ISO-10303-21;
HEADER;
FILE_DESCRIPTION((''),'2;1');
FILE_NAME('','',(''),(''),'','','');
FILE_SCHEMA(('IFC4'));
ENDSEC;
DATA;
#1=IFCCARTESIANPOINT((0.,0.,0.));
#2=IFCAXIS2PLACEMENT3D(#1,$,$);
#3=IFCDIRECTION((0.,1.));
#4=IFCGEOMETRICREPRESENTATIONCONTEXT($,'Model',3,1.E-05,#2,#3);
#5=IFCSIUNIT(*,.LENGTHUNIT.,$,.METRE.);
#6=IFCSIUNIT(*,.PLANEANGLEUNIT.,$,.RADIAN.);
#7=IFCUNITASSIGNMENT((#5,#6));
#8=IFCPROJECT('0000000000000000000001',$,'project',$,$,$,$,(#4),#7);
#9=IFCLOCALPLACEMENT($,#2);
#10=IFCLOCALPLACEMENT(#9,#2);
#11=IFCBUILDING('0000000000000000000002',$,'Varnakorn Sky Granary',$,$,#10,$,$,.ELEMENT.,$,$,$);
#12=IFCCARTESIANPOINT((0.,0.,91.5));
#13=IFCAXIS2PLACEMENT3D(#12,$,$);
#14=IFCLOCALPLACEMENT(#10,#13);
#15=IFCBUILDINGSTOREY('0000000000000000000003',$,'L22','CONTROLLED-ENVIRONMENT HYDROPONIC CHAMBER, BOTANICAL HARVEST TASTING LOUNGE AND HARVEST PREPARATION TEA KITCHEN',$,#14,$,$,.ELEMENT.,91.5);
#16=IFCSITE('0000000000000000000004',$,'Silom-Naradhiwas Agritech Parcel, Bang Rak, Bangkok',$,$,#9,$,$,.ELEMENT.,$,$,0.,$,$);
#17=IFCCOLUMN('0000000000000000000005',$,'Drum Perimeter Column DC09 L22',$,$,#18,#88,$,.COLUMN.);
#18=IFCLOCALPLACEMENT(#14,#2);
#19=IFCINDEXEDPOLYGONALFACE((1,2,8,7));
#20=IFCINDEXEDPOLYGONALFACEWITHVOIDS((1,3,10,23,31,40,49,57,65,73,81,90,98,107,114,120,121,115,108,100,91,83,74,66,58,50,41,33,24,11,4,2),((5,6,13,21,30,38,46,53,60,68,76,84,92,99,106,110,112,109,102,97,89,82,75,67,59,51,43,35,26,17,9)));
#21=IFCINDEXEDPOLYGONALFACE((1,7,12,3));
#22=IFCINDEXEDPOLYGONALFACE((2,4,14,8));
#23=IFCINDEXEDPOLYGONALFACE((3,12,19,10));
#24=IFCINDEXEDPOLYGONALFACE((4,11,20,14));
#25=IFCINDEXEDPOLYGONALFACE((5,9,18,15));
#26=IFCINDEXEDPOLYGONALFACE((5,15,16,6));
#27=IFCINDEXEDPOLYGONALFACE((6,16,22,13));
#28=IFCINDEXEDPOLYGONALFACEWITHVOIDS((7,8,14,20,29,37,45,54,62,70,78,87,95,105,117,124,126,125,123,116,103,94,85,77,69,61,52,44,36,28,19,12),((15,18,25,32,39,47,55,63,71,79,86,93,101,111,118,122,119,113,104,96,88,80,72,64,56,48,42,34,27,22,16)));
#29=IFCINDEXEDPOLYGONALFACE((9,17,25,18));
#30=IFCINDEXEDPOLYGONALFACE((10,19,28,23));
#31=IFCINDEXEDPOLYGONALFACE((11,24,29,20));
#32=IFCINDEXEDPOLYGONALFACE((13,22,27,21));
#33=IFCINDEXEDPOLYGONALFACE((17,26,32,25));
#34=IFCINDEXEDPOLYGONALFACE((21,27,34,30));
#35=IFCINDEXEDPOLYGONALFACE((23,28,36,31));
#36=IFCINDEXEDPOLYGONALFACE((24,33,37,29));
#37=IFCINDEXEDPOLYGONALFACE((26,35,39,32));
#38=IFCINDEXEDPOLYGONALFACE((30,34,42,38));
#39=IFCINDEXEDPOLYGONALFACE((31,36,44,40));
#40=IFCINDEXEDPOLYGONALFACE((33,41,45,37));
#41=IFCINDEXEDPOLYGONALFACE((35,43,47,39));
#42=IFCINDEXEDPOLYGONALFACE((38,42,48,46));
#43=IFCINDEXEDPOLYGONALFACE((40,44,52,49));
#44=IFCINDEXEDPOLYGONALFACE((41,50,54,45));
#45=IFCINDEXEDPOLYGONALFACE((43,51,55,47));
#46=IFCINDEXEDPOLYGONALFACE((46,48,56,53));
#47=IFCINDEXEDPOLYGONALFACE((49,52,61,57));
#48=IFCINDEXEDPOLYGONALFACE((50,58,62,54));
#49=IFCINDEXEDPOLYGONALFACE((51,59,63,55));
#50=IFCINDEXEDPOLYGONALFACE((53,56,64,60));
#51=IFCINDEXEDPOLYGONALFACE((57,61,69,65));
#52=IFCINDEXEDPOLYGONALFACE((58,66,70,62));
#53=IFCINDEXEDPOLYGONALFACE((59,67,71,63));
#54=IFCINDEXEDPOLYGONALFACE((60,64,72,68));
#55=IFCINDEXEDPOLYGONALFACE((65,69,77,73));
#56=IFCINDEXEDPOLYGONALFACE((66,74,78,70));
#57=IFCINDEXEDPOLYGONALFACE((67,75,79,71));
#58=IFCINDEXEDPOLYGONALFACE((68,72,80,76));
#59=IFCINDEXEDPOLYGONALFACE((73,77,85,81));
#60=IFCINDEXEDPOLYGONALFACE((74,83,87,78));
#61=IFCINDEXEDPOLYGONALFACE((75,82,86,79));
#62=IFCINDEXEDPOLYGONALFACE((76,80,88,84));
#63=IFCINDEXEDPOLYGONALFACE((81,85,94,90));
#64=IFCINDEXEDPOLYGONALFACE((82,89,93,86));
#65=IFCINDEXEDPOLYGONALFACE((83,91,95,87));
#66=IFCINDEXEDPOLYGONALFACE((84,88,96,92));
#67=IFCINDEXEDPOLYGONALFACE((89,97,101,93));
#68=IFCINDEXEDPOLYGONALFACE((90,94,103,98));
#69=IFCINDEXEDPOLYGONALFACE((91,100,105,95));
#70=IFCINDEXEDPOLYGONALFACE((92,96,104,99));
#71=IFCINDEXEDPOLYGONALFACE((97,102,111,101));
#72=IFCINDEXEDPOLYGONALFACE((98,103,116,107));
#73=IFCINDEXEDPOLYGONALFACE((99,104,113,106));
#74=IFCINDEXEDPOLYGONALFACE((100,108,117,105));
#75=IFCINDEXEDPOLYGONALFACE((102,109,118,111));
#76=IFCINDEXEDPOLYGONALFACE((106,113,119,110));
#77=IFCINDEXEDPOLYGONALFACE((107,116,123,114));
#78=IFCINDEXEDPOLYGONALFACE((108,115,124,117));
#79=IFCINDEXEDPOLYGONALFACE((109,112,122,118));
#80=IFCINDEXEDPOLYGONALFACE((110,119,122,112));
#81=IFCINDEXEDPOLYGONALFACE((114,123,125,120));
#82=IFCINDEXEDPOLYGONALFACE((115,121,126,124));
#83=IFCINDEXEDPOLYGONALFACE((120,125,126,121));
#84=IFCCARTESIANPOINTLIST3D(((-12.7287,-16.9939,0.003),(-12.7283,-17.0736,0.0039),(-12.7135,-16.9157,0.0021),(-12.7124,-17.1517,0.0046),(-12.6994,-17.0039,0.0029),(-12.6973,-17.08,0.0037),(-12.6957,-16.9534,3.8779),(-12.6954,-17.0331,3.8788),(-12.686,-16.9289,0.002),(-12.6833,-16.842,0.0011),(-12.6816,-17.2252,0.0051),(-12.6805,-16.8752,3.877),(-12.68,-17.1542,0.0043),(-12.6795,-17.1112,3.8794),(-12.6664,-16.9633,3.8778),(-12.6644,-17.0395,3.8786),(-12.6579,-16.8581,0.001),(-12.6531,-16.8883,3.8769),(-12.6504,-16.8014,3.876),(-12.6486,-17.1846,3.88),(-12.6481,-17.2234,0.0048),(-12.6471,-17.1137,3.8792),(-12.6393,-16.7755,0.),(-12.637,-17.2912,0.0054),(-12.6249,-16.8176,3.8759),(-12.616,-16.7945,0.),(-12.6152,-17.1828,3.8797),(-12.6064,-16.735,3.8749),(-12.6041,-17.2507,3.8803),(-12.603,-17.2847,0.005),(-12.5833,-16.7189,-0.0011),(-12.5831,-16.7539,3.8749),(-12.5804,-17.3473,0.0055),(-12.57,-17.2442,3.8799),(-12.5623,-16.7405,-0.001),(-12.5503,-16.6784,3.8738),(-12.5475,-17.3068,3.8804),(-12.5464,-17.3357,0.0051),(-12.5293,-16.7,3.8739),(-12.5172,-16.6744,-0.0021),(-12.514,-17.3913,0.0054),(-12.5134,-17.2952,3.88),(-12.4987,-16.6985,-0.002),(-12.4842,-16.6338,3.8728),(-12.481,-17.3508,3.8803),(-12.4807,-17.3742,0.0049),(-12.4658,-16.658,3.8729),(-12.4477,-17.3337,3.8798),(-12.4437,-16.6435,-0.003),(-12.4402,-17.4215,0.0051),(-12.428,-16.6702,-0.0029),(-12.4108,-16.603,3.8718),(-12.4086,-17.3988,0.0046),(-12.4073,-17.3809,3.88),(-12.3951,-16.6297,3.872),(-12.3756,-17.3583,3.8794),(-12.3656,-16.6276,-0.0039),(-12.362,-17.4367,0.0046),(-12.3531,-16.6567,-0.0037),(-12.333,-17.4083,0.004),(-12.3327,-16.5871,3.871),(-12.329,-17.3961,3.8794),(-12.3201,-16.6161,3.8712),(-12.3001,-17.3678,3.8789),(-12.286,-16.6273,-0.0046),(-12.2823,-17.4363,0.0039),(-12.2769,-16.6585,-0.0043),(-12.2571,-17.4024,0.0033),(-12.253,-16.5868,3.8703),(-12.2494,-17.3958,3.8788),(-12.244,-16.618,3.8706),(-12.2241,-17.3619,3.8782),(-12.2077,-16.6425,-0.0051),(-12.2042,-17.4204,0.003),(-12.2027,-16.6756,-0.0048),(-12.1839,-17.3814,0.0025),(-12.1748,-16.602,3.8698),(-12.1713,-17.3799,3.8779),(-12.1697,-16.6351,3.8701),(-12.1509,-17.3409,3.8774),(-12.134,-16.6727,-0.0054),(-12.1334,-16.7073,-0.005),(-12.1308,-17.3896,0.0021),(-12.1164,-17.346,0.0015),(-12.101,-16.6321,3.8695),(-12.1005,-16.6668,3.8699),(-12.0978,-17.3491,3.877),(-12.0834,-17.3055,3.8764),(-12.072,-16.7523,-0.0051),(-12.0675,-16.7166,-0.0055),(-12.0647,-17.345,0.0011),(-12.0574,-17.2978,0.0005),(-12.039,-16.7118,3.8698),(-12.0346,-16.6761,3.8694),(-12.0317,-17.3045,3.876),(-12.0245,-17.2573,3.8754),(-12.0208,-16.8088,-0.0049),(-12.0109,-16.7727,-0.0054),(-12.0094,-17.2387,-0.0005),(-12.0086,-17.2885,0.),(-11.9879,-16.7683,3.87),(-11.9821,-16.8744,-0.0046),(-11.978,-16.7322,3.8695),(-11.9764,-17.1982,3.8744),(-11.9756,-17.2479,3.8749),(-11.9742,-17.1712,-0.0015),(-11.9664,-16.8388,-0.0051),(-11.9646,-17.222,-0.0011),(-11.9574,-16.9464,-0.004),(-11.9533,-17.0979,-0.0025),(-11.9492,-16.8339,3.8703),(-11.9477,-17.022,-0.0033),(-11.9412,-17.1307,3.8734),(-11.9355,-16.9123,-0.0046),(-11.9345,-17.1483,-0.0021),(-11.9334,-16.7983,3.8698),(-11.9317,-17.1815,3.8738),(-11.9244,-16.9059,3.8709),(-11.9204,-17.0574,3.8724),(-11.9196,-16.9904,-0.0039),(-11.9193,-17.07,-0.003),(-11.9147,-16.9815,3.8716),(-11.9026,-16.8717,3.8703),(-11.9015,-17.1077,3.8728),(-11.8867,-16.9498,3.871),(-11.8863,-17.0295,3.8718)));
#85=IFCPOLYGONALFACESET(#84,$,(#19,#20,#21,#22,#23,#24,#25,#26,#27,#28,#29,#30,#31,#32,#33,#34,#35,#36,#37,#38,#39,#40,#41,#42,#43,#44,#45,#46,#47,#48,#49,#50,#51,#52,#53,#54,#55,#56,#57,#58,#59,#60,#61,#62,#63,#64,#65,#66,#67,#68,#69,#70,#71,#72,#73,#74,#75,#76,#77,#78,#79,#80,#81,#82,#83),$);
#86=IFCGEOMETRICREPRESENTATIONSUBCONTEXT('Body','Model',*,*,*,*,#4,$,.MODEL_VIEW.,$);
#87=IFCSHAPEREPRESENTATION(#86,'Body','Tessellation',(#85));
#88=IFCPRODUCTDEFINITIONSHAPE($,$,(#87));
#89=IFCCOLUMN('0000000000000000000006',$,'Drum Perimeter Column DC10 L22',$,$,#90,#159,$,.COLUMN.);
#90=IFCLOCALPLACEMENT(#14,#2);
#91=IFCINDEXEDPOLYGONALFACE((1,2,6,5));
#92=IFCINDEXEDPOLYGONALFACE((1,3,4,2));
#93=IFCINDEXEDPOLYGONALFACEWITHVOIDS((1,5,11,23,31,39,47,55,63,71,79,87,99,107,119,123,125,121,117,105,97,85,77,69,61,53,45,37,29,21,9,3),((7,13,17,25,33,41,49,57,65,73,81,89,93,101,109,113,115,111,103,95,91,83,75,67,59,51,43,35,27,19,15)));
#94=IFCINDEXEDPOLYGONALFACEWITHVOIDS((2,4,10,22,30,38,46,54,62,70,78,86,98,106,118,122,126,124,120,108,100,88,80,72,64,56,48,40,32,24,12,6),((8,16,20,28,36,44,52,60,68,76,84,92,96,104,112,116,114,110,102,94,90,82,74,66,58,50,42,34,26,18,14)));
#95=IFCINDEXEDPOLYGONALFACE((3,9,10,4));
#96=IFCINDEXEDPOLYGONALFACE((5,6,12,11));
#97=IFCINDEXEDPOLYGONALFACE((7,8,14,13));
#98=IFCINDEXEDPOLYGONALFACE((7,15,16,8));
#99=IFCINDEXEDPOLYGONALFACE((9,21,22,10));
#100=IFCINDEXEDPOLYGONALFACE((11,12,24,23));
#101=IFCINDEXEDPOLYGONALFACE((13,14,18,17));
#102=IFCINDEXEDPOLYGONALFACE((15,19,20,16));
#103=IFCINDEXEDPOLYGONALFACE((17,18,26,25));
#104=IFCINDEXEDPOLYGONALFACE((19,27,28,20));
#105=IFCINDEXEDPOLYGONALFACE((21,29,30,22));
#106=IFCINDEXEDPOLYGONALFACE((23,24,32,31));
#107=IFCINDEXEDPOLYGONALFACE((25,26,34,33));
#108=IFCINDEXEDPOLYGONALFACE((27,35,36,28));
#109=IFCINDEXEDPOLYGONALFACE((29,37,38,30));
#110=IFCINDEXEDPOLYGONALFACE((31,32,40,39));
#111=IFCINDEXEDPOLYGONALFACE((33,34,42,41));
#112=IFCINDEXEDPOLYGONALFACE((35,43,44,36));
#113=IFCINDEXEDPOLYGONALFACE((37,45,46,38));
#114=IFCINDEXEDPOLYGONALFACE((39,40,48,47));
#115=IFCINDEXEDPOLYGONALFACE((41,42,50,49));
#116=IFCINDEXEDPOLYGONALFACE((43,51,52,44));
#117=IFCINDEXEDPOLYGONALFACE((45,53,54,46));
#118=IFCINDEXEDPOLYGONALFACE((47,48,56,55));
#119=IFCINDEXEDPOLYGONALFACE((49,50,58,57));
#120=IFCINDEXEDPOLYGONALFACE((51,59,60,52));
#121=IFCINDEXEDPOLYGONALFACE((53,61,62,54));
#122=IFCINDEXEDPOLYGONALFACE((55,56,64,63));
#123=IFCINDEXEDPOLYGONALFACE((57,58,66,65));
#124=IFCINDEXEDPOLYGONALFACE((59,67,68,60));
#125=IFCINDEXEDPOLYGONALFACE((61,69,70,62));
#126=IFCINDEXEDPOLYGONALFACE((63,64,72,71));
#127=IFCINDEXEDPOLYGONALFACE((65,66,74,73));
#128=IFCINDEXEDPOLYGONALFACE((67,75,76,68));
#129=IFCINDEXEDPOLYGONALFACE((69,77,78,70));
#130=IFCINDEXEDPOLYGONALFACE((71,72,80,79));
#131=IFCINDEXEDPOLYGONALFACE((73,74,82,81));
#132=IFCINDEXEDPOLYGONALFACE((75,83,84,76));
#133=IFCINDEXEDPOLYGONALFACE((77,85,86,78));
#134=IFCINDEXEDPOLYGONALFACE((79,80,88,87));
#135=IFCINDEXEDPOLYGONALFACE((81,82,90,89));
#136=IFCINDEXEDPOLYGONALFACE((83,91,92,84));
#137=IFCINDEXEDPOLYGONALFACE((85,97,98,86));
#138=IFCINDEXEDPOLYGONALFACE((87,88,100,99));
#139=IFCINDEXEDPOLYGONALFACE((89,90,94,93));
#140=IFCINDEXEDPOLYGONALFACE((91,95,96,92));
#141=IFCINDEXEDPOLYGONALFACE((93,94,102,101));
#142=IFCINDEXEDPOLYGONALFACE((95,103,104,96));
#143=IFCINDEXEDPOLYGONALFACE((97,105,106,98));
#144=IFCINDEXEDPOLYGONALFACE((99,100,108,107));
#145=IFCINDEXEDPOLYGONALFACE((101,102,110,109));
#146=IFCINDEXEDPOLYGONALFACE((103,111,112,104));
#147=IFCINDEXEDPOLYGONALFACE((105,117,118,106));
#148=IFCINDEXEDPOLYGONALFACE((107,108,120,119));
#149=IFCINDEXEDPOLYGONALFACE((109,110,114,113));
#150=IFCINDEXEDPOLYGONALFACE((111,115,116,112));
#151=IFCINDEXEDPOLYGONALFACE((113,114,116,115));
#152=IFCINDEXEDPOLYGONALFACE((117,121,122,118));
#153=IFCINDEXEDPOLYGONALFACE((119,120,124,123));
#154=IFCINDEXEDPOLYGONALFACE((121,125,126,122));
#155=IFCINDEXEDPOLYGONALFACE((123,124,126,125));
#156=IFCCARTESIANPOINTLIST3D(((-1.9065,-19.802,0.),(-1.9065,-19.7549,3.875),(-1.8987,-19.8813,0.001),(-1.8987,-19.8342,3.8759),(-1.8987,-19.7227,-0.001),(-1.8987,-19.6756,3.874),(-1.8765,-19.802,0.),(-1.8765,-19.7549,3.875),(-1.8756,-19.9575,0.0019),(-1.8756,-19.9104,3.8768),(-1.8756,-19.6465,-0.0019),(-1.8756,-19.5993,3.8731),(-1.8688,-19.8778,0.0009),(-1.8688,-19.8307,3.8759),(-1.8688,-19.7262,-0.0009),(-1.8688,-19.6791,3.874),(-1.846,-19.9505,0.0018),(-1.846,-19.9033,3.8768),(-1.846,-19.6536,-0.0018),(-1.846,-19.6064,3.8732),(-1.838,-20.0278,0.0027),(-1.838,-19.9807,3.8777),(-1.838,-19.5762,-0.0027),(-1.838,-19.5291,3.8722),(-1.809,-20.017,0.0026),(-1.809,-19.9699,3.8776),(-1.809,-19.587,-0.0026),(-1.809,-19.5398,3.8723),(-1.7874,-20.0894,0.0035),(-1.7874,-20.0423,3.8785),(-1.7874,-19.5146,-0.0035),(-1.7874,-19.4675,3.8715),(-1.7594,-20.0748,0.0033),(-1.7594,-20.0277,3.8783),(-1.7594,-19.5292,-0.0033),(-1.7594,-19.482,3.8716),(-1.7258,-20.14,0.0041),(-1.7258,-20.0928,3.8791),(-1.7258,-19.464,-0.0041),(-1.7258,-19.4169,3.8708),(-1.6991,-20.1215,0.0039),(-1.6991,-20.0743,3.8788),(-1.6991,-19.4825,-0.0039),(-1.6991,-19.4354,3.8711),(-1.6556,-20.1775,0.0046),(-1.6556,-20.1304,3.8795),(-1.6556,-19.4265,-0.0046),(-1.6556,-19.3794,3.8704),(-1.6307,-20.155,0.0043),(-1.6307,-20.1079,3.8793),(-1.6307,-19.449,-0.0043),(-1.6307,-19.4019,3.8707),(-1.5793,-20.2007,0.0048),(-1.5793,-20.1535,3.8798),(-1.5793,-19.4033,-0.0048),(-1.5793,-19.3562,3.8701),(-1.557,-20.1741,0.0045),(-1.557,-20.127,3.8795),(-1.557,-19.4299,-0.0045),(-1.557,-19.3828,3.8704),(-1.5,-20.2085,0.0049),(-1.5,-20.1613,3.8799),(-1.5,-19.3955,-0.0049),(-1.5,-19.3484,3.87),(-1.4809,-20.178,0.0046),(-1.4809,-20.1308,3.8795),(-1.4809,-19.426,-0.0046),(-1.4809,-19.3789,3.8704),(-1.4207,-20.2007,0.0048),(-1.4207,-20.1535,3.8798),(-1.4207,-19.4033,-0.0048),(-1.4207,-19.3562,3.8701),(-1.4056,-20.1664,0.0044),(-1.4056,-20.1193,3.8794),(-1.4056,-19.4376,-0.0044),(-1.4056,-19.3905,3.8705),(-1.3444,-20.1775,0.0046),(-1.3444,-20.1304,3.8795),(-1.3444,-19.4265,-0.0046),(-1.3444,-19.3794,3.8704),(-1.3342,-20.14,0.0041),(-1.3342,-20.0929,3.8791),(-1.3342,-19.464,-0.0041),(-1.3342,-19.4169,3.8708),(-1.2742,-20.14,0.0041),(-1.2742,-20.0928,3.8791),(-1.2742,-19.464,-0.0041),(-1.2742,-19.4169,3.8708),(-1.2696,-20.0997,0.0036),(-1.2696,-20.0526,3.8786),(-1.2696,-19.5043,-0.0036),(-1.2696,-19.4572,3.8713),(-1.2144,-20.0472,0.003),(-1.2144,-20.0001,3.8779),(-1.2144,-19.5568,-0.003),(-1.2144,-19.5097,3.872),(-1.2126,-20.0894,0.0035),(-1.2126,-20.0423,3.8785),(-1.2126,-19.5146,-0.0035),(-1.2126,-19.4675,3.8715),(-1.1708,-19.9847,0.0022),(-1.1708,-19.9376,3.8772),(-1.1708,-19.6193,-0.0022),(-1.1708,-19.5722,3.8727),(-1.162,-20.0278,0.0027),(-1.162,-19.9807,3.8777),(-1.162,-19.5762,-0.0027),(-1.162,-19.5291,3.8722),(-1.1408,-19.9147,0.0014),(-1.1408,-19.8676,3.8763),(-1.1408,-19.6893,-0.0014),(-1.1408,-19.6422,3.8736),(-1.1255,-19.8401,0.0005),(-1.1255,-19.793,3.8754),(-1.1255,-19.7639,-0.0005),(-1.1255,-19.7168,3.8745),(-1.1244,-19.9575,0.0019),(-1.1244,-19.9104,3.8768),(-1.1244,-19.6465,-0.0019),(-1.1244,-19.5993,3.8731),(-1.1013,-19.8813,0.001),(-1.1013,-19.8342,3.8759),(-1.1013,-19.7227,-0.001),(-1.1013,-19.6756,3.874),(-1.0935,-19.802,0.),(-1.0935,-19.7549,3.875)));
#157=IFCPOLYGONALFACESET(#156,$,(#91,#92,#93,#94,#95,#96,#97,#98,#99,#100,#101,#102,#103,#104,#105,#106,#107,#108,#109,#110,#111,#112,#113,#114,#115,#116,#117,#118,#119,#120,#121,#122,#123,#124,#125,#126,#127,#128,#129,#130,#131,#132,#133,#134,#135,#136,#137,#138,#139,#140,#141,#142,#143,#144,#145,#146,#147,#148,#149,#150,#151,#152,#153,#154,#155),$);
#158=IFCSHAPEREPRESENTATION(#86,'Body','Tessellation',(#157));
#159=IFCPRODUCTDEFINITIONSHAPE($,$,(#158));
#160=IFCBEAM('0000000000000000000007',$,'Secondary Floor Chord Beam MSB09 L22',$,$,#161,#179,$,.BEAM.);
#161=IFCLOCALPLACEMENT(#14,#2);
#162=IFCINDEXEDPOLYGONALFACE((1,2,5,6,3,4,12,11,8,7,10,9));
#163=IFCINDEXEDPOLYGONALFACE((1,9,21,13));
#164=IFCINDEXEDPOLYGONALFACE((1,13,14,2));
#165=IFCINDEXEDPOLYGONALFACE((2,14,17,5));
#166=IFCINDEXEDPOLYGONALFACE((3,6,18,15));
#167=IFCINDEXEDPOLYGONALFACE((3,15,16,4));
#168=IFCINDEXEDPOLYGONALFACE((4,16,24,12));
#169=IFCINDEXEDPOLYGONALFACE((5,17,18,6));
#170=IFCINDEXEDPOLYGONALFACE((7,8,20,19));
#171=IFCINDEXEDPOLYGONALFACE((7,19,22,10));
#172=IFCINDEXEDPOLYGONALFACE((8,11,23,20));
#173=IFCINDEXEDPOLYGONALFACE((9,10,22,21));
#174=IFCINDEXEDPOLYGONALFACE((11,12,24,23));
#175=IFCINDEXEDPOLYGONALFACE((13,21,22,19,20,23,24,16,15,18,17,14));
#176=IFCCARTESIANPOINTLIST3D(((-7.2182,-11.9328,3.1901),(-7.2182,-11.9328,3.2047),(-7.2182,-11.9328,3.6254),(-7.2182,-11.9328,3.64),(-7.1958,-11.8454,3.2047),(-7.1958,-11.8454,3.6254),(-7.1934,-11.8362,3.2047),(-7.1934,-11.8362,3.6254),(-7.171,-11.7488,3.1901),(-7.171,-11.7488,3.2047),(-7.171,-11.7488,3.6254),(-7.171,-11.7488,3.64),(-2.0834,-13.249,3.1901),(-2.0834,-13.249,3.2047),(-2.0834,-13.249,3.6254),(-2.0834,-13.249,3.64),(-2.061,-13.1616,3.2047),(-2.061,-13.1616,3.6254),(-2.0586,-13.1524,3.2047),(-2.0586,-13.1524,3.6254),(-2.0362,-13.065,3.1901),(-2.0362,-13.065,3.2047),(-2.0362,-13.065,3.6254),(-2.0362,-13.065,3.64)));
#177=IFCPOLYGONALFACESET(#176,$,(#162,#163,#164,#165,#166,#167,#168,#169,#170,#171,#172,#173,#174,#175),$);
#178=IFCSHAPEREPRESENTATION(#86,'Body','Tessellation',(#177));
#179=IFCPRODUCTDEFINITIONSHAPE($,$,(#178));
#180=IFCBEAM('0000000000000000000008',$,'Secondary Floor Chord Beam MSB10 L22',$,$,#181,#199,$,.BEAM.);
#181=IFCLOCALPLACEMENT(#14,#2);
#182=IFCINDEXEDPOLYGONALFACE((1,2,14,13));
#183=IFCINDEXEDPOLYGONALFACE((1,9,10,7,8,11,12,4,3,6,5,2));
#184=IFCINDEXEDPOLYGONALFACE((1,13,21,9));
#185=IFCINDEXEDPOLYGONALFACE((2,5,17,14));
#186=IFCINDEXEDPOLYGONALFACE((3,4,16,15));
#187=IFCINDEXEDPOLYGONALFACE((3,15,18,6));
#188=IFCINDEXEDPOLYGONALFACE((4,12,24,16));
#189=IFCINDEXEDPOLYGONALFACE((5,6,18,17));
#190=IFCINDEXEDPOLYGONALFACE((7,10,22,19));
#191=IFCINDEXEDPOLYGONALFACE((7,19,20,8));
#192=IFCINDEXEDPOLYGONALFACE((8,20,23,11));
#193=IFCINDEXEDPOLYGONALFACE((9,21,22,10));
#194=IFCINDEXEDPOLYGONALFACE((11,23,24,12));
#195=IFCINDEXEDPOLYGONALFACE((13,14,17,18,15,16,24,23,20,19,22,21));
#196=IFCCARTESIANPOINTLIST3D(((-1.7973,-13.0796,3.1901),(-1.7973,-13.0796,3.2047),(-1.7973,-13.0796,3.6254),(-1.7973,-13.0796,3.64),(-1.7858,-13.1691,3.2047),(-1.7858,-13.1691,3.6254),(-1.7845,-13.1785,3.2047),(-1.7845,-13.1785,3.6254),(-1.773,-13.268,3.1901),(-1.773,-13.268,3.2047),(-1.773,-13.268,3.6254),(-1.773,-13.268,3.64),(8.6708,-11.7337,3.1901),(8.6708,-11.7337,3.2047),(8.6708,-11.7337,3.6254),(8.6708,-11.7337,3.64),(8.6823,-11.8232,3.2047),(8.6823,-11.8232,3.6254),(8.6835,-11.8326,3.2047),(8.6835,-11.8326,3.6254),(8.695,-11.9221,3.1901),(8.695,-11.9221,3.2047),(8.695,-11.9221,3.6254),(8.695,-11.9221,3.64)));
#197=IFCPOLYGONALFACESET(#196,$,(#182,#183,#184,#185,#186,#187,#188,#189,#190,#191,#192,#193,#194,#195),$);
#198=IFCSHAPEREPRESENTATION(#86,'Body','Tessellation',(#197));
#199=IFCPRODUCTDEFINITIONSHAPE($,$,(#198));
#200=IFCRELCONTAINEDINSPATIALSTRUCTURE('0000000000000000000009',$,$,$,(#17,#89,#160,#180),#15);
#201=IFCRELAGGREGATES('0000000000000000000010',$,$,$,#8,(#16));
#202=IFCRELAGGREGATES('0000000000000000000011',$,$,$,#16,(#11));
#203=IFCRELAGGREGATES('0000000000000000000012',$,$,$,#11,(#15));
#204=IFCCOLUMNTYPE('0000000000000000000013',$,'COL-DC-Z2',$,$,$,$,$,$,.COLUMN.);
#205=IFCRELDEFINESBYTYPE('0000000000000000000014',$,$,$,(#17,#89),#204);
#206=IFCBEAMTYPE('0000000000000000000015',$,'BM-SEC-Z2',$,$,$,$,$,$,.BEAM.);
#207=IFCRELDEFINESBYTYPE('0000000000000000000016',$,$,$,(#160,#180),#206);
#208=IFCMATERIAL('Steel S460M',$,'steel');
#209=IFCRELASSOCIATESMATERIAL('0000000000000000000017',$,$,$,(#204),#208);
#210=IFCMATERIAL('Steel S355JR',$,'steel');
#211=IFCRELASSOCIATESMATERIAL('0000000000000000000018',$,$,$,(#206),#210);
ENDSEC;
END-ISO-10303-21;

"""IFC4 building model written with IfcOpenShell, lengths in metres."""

from ifc_helpers import new_model, si_unit, direction, frame, origin, origin_2d, place, context, subcontext, project, spatial, hollow_circle, i_section, extrude, material, material_profile, profile_set, type_object, element, save


model = new_model("IFC4")

# Units and contexts
model_context = context("Model", 3, precision=1e-05, world=origin(), true_north=direction((0.0, 1.0)))
body_context = subcontext(model_context, "Body", "Model", "MODEL_VIEW")
ifc_project = project(units=[si_unit("LENGTHUNIT", "METRE"), si_unit("PLANEANGLEUNIT", "RADIAN")], contexts=[model_context])

# Site, building, storey
site_placement = place(None, origin())
site = spatial("IfcSite", under=ifc_project, at=site_placement, Name="Silom-Naradhiwas Agritech Parcel, Bang Rak, Bangkok", CompositionType="ELEMENT", RefElevation=0.0)
building_placement = place(site_placement, origin())
building = spatial("IfcBuilding", under=site, at=building_placement, Name="Varnakorn Sky Granary", CompositionType="ELEMENT")
storey_placement = place(building_placement, frame((0.0, 0.0, 91.5)))
storey = spatial("IfcBuildingStorey", under=building, at=storey_placement, Name="L22", Description="CONTROLLED-ENVIRONMENT HYDROPONIC CHAMBER, BOTANICAL HARVEST TASTING LOUNGE AND HARVEST PREPARATION TEA KITCHEN", CompositionType="ELEMENT", Elevation=91.5)

# Columns
ifc_material_1 = material(Name="Steel S460M", Category="steel")
ifc_material_profile_1 = material_profile(ifc_material_1, hollow_circle(Radius=0.4065, WallThickness=0.03, at=origin_2d()), Name="CHS 813x30")
ifc_profile_set_1 = profile_set([ifc_material_profile_1], Name="Steel S460M")
column_type = type_object("IfcColumnType", Name="COL-DC-Z2", PredefinedType="COLUMN", material=ifc_profile_set_1)
for number, where, z_axis, x_axis, name in (
    (1, (-12.324, -17.032, 0.0), (0.008505, 0.010458, 0.999909), (-0.775828, 0.630944, 0.0), "Drum Perimeter Column DC09 L22"),
    (2, (-1.5, -19.802, 0.0), (0.0, 0.012159, 0.999926), (-1.0, 0.0, 0.0), "Drum Perimeter Column DC10 L22"),
):
    element("IfcColumn", number, at=place(storey_placement, frame(where, z_axis=z_axis, x_axis=x_axis)), inside=storey, type_object=column_type, Name=name, PredefinedType="COLUMN", context=body_context, shape_type="SweptSolid", body=[
        extrude(hollow_circle(Radius=0.4065, WallThickness=0.03, at=origin_2d()), origin(), (0.0, 0.0, 1.0), 3.8752),
    ])

# Beams
ifc_material_2 = material(Name="Steel S355JR", Category="steel")
ifc_material_profile_2 = material_profile(ifc_material_2, i_section(OverallWidth=0.1899, OverallDepth=0.45, WebThickness=0.0095, FlangeThickness=0.0146, at=origin_2d()), Name="IPE 450")
ifc_profile_set_2 = profile_set([ifc_material_profile_2], Name="Steel S355JR")
beam_type_1 = type_object("IfcBeamType", Name="BM-SEC-Z2", PredefinedType="BEAM", material=ifc_profile_set_2)
beam_1_placement = place(storey_placement, frame((-7.1946, -11.8408, 3.415), z_axis=(0.968684, -0.248297, 0.0), x_axis=(0.248297, 0.968684, 0.0)))
element("IfcBeam", 3, at=beam_1_placement, inside=storey, type_object=beam_type_1, Name="Secondary Floor Chord Beam MSB09 L22", PredefinedType="BEAM", context=body_context, shape_type="SweptSolid", body=[
    extrude(i_section(OverallWidth=0.1899, OverallDepth=0.45, WebThickness=0.0095, FlangeThickness=0.0146, at=origin_2d()), origin(), (0.0, 0.0, 1.0), 5.3008),
])
beam_2_placement = place(storey_placement, frame((-1.7852, -13.1738, 3.415), z_axis=(0.991835, 0.127527, 0.0), x_axis=(-0.127527, 0.991835, 0.0)))
element("IfcBeam", 4, at=beam_2_placement, inside=storey, type_object=beam_type_1, Name="Secondary Floor Chord Beam MSB10 L22", PredefinedType="BEAM", context=body_context, shape_type="SweptSolid", body=[
    extrude(i_section(OverallWidth=0.1899, OverallDepth=0.45, WebThickness=0.0095, FlangeThickness=0.0146, at=origin_2d()), origin(), (0.0, 0.0, 1.0), 10.5542),
])

save(model, "model.ifc")
